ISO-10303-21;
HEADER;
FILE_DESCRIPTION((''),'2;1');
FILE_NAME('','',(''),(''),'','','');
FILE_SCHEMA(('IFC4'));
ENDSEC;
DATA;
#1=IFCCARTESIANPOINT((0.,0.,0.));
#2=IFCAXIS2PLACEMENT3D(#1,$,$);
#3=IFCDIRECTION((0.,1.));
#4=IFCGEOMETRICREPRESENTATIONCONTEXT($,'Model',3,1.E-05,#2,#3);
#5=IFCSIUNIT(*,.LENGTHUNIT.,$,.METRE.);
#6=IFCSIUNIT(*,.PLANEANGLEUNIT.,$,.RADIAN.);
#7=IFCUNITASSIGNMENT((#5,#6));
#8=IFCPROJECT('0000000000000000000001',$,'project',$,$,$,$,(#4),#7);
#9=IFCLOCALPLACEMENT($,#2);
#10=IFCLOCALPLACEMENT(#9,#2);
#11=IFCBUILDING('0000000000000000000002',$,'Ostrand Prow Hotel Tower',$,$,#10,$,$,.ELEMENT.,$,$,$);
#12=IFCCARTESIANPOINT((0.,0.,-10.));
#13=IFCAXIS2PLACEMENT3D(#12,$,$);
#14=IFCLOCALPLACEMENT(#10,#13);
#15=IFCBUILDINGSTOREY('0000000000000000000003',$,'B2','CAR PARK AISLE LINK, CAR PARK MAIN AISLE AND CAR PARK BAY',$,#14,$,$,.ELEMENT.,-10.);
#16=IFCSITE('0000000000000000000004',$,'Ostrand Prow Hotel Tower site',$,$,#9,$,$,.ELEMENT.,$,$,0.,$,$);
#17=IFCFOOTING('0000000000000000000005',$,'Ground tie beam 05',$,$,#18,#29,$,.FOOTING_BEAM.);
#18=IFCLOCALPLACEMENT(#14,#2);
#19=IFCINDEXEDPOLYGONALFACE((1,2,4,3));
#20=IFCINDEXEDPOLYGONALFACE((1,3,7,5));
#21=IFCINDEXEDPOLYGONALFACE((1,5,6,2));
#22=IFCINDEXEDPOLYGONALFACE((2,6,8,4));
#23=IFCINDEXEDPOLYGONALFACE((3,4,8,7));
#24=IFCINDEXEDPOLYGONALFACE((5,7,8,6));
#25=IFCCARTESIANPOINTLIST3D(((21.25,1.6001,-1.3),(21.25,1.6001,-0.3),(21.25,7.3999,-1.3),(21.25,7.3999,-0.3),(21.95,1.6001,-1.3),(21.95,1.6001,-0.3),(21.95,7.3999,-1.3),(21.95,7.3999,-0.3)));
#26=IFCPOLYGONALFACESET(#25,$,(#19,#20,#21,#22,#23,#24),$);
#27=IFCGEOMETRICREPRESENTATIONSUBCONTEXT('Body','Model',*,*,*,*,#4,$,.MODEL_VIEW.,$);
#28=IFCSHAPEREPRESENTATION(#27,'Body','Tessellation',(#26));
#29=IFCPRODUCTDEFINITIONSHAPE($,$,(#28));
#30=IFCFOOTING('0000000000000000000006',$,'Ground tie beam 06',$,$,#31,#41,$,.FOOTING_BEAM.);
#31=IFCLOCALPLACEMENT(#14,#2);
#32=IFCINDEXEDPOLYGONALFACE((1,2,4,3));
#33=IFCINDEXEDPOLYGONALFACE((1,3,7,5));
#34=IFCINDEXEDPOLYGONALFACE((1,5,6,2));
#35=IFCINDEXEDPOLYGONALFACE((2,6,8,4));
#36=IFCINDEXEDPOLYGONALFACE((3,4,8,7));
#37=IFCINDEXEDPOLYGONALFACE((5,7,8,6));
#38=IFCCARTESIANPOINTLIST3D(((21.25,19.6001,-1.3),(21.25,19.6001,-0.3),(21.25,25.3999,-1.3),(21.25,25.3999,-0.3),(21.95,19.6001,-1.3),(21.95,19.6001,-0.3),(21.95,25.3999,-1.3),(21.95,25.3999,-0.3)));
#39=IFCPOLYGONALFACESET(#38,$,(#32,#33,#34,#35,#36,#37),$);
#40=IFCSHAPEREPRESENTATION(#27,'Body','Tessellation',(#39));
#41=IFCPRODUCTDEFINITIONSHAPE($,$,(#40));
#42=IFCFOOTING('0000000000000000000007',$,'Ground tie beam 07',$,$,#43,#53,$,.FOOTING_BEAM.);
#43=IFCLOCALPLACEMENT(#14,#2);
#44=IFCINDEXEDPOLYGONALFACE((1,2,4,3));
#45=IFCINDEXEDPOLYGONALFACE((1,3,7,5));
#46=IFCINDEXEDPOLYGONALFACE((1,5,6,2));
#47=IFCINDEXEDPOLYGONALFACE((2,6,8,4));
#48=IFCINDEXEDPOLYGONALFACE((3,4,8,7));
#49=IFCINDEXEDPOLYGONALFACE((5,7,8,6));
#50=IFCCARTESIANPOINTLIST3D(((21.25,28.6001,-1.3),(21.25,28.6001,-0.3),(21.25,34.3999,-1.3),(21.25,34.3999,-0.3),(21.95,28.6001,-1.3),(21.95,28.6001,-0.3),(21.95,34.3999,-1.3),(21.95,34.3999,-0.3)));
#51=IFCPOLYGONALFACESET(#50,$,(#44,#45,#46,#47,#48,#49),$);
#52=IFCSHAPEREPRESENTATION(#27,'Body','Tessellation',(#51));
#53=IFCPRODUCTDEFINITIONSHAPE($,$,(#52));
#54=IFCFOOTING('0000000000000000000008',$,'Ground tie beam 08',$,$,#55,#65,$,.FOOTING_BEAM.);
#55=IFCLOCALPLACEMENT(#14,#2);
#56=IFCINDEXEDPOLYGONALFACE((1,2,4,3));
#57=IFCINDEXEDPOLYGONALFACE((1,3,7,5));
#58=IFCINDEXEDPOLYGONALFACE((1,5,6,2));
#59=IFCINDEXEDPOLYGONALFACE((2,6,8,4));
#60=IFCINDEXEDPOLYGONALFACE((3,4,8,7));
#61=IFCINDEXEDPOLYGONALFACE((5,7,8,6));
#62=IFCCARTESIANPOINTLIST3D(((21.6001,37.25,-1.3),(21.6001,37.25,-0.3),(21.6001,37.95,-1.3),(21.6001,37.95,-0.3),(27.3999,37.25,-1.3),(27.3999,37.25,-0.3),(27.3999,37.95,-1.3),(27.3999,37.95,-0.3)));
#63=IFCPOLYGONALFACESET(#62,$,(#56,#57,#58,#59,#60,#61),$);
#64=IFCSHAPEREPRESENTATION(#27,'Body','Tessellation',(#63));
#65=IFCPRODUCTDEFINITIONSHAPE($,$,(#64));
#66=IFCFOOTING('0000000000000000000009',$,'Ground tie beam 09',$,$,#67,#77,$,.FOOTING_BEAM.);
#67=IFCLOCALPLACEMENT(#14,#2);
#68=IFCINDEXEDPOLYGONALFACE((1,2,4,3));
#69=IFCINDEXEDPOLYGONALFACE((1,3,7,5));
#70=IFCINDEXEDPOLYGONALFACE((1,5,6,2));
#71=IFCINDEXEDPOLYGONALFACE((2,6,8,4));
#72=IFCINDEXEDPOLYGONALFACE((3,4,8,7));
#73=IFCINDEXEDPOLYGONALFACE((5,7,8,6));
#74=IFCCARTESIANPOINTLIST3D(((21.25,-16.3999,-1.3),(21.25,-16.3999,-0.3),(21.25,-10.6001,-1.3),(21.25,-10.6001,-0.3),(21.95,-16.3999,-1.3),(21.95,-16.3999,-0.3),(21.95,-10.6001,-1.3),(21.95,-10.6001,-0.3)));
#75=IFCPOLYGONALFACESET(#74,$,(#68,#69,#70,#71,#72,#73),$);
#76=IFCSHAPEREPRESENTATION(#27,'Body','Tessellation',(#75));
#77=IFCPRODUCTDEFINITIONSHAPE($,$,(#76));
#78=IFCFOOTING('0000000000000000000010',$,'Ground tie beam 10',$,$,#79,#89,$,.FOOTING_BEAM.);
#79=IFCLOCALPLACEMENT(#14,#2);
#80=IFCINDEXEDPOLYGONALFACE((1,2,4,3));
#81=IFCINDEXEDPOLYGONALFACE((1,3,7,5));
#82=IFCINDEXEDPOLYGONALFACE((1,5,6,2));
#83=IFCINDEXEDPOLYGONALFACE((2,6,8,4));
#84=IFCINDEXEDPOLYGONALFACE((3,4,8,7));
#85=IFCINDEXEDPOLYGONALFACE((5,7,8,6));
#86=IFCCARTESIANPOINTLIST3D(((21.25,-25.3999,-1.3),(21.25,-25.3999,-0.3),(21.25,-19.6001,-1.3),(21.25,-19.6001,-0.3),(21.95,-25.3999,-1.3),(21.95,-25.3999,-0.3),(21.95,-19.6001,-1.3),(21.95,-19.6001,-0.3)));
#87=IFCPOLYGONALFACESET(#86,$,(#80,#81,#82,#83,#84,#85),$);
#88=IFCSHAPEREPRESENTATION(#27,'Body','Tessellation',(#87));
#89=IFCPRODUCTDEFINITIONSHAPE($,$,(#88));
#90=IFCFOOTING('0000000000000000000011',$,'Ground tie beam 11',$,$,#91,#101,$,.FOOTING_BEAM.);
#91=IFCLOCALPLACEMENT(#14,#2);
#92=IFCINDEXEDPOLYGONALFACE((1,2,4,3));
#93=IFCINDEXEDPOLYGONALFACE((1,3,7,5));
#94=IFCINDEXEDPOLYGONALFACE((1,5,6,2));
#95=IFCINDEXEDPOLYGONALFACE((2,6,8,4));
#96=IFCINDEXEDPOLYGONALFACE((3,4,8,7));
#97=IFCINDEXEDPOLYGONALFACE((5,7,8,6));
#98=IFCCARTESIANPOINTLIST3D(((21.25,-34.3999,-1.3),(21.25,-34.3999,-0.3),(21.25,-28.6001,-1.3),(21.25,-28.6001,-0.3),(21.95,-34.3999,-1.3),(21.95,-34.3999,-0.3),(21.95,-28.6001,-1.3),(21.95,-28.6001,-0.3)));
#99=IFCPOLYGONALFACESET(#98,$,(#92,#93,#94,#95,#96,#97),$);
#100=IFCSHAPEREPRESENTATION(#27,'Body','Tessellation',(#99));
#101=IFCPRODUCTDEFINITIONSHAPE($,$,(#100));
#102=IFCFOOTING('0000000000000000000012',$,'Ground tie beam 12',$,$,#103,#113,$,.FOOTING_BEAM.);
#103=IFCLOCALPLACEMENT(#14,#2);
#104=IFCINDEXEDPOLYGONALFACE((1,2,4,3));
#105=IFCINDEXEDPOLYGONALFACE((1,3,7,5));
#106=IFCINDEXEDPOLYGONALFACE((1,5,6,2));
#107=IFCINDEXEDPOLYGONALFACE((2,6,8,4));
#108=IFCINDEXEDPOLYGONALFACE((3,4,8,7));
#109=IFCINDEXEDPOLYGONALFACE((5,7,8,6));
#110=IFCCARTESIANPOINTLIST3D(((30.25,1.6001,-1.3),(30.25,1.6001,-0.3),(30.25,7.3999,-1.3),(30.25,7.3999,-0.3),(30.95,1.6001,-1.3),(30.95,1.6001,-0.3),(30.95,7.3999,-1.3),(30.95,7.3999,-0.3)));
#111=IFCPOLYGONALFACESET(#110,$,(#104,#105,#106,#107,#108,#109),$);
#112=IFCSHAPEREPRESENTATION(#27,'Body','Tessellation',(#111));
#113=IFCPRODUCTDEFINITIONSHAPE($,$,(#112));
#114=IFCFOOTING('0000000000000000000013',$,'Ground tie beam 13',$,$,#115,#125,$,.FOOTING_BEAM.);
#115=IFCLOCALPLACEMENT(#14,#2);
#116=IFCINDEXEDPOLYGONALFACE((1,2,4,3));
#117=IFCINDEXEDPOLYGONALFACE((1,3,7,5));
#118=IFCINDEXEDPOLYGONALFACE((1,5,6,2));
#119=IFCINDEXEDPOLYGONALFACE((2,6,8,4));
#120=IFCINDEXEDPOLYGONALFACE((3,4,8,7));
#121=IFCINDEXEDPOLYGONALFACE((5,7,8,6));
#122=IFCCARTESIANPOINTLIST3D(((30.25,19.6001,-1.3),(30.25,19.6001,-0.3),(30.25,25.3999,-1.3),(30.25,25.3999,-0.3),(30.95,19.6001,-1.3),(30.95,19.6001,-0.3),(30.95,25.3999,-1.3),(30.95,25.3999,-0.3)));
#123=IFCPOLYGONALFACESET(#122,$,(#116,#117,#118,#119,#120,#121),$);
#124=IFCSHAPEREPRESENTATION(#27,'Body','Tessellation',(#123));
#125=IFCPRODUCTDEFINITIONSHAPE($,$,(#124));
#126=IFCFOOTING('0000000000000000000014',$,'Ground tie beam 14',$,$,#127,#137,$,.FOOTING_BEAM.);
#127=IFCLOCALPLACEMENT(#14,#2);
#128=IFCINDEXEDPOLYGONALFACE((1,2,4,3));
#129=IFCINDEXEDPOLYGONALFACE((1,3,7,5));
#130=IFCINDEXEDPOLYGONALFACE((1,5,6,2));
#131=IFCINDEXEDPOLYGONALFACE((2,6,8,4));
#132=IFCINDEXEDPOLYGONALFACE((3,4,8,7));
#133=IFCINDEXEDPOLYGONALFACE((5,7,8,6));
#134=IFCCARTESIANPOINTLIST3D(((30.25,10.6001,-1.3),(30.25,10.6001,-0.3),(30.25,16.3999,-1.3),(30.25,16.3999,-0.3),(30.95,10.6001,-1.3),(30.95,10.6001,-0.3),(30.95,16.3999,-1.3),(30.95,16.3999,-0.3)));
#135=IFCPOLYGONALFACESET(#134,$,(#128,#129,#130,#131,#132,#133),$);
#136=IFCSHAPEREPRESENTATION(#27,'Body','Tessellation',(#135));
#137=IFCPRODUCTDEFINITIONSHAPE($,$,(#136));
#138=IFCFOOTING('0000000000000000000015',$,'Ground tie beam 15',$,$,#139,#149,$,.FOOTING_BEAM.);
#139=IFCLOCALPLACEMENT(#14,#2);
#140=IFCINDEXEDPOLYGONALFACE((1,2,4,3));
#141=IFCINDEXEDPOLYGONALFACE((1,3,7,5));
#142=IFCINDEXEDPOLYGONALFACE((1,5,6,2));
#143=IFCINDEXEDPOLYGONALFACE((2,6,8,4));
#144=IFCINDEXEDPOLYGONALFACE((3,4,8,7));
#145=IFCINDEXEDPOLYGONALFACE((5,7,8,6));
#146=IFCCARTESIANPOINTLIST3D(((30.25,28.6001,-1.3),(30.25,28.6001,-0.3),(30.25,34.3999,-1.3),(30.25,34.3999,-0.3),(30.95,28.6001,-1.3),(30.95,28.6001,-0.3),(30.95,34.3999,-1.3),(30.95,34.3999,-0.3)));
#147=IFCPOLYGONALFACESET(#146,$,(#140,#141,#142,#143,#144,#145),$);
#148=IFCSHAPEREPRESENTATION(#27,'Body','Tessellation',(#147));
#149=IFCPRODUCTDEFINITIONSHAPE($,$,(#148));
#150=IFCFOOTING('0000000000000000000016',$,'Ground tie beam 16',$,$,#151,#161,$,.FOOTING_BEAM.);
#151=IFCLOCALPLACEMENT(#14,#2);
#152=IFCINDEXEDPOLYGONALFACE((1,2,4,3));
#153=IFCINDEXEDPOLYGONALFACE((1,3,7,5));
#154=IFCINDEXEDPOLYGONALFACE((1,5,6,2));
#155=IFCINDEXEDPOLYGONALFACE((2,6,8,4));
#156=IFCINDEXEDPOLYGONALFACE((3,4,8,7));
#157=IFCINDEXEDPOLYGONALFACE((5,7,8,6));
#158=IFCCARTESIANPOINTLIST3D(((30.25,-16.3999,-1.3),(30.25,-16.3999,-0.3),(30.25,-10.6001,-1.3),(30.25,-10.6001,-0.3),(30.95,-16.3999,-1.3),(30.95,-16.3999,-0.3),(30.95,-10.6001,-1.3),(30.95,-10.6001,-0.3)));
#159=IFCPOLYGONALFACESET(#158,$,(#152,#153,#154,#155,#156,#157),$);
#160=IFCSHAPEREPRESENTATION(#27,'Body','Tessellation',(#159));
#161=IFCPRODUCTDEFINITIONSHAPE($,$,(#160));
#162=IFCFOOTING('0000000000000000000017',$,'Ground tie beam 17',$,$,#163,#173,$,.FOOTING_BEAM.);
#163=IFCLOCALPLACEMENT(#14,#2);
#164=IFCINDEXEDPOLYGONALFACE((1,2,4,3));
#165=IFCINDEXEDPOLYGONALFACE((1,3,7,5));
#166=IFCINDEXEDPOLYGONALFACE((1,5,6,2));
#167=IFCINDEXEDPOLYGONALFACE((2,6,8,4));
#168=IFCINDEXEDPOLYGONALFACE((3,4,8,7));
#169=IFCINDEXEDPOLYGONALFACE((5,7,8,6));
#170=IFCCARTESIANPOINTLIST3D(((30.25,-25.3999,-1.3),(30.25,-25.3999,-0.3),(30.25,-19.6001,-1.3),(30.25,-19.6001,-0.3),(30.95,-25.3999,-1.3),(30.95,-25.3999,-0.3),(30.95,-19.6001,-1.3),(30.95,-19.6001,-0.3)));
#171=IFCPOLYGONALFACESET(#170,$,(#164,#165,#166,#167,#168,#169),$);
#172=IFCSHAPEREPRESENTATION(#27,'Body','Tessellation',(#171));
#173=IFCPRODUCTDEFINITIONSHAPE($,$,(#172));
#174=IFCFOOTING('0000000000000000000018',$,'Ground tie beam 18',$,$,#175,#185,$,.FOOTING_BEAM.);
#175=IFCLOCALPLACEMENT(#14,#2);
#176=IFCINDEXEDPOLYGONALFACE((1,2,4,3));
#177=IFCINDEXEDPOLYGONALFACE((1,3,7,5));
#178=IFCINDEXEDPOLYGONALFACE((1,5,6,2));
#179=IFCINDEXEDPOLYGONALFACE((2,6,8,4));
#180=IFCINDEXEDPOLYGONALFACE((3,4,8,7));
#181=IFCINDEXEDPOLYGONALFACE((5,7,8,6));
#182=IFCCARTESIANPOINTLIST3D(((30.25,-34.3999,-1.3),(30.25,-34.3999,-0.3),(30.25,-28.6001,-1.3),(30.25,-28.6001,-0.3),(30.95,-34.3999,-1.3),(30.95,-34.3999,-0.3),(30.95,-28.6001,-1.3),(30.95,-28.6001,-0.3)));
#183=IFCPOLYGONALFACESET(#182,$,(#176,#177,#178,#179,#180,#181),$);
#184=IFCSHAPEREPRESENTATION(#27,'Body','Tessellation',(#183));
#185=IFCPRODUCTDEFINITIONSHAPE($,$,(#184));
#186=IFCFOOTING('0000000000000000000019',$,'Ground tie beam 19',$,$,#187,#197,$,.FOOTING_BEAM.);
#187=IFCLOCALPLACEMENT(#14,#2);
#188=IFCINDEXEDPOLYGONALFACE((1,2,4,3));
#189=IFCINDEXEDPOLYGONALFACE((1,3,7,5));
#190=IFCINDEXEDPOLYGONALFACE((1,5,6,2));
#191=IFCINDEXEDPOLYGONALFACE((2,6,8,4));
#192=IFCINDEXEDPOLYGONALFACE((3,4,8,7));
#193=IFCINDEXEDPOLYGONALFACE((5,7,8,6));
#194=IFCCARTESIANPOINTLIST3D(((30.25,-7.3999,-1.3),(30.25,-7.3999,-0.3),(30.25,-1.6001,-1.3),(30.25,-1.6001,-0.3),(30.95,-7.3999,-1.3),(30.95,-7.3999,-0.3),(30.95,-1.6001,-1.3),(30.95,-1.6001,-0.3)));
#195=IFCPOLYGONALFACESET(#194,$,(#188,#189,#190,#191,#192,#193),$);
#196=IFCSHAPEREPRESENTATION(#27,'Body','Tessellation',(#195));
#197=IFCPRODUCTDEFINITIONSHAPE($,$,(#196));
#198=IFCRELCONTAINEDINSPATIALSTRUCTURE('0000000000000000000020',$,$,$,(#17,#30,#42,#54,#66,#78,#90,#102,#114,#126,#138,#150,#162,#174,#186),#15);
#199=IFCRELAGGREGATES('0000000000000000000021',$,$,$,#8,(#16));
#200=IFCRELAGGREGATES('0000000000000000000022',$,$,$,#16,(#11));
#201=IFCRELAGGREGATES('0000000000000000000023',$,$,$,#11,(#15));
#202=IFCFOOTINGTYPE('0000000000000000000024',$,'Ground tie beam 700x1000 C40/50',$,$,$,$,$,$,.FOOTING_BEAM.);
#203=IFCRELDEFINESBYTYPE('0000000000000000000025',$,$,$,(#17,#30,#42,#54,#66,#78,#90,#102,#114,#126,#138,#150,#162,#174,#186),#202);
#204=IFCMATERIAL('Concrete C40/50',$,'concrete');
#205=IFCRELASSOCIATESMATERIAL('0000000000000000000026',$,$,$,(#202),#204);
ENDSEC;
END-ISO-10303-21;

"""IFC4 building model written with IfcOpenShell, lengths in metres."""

from ifc_helpers import new_model, si_unit, direction, frame, origin, place, context, subcontext, project, spatial, polyline, outline, extrude, material, type_object, element, save


model = new_model("IFC4")

# Units and contexts
model_context = context("Model", 3, precision=1e-05, world=origin(), true_north=direction((0.0, 1.0)))
body_context = subcontext(model_context, "Body", "Model", "MODEL_VIEW")
ifc_project = project(units=[si_unit("LENGTHUNIT", "METRE"), si_unit("PLANEANGLEUNIT", "RADIAN")], contexts=[model_context])

# Site, building, storey
site_placement = place(None, origin())
site = spatial("IfcSite", under=ifc_project, at=site_placement, Name="Ostrand Prow Hotel Tower site", CompositionType="ELEMENT", RefElevation=0.0)
building_placement = place(site_placement, origin())
building = spatial("IfcBuilding", under=site, at=building_placement, Name="Ostrand Prow Hotel Tower", CompositionType="ELEMENT")
storey_placement = place(building_placement, frame((0.0, 0.0, -10.0)))
storey = spatial("IfcBuildingStorey", under=building, at=storey_placement, Name="B2", Description="CAR PARK AISLE LINK, CAR PARK MAIN AISLE AND CAR PARK BAY", CompositionType="ELEMENT", Elevation=-10.0)

# Footings
ifc_material_1 = material(Name="Concrete C40/50", Category="concrete")
footing_type_1 = type_object("IfcFootingType", Name="Ground tie beam 700x1000 C40/50", PredefinedType="FOOTING_BEAM", material=ifc_material_1)
footing_1_placement = place(storey_placement, frame((0.0, 0.0, -1.3)))
element("IfcFooting", 1, at=footing_1_placement, inside=storey, type_object=footing_type_1, Name="Ground tie beam 05", PredefinedType="FOOTING_BEAM", context=body_context, shape_type="SweptSolid", body=[
    extrude(outline(polyline([(21.25, 7.3999), (21.95, 7.3999), (21.95, 1.6001), (21.25, 1.6001), (21.25, 7.3999)])), origin(), (0.0, 0.0, 1.0), 1.0),
])
footing_2_placement = place(storey_placement, frame((0.0, 0.0, -1.3)))
element("IfcFooting", 2, at=footing_2_placement, inside=storey, type_object=footing_type_1, Name="Ground tie beam 06", PredefinedType="FOOTING_BEAM", context=body_context, shape_type="SweptSolid", body=[
    extrude(outline(polyline([(21.25, 25.3999), (21.95, 25.3999), (21.95, 19.6001), (21.25, 19.6001), (21.25, 25.3999)])), origin(), (0.0, 0.0, 1.0), 1.0),
])
footing_3_placement = place(storey_placement, frame((0.0, 0.0, -1.3)))
element("IfcFooting", 3, at=footing_3_placement, inside=storey, type_object=footing_type_1, Name="Ground tie beam 07", PredefinedType="FOOTING_BEAM", context=body_context, shape_type="SweptSolid", body=[
    extrude(outline(polyline([(21.25, 34.3999), (21.95, 34.3999), (21.95, 28.6001), (21.25, 28.6001), (21.25, 34.3999)])), origin(), (0.0, 0.0, 1.0), 1.0),
])
footing_4_placement = place(storey_placement, frame((0.0, 0.0, -1.3)))
element("IfcFooting", 4, at=footing_4_placement, inside=storey, type_object=footing_type_1, Name="Ground tie beam 08", PredefinedType="FOOTING_BEAM", context=body_context, shape_type="SweptSolid", body=[
    extrude(outline(polyline([(27.3999, 37.95), (27.3999, 37.25), (21.6001, 37.25), (21.6001, 37.95), (27.3999, 37.95)])), origin(), (0.0, 0.0, 1.0), 1.0),
])
footing_5_placement = place(storey_placement, frame((0.0, 0.0, -1.3)))
element("IfcFooting", 5, at=footing_5_placement, inside=storey, type_object=footing_type_1, Name="Ground tie beam 09", PredefinedType="FOOTING_BEAM", context=body_context, shape_type="SweptSolid", body=[
    extrude(outline(polyline([(21.25, -10.6001), (21.95, -10.6001), (21.95, -16.3999), (21.25, -16.3999), (21.25, -10.6001)])), origin(), (0.0, 0.0, 1.0), 1.0),
])
footing_6_placement = place(storey_placement, frame((0.0, 0.0, -1.3)))
element("IfcFooting", 6, at=footing_6_placement, inside=storey, type_object=footing_type_1, Name="Ground tie beam 10", PredefinedType="FOOTING_BEAM", context=body_context, shape_type="SweptSolid", body=[
    extrude(outline(polyline([(21.25, -19.6001), (21.95, -19.6001), (21.95, -25.3999), (21.25, -25.3999), (21.25, -19.6001)])), origin(), (0.0, 0.0, 1.0), 1.0),
])
footing_7_placement = place(storey_placement, frame((0.0, 0.0, -1.3)))
element("IfcFooting", 7, at=footing_7_placement, inside=storey, type_object=footing_type_1, Name="Ground tie beam 11", PredefinedType="FOOTING_BEAM", context=body_context, shape_type="SweptSolid", body=[
    extrude(outline(polyline([(21.25, -28.6001), (21.95, -28.6001), (21.95, -34.3999), (21.25, -34.3999), (21.25, -28.6001)])), origin(), (0.0, 0.0, 1.0), 1.0),
])
footing_8_placement = place(storey_placement, frame((0.0, 0.0, -1.3)))
element("IfcFooting", 8, at=footing_8_placement, inside=storey, type_object=footing_type_1, Name="Ground tie beam 12", PredefinedType="FOOTING_BEAM", context=body_context, shape_type="SweptSolid", body=[
    extrude(outline(polyline([(30.25, 7.3999), (30.95, 7.3999), (30.95, 1.6001), (30.25, 1.6001), (30.25, 7.3999)])), origin(), (0.0, 0.0, 1.0), 1.0),
])
footing_9_placement = place(storey_placement, frame((0.0, 0.0, -1.3)))
element("IfcFooting", 9, at=footing_9_placement, inside=storey, type_object=footing_type_1, Name="Ground tie beam 13", PredefinedType="FOOTING_BEAM", context=body_context, shape_type="SweptSolid", body=[
    extrude(outline(polyline([(30.25, 25.3999), (30.95, 25.3999), (30.95, 19.6001), (30.25, 19.6001), (30.25, 25.3999)])), origin(), (0.0, 0.0, 1.0), 1.0),
])
footing_10_placement = place(storey_placement, frame((0.0, 0.0, -1.3)))
element("IfcFooting", 10, at=footing_10_placement, inside=storey, type_object=footing_type_1, Name="Ground tie beam 14", PredefinedType="FOOTING_BEAM", context=body_context, shape_type="SweptSolid", body=[
    extrude(outline(polyline([(30.95, 10.6001), (30.25, 10.6001), (30.25, 16.3999), (30.95, 16.3999), (30.95, 10.6001)])), origin(), (0.0, 0.0, 1.0), 1.0),
])
footing_11_placement = place(storey_placement, frame((0.0, 0.0, -1.3)))
element("IfcFooting", 11, at=footing_11_placement, inside=storey, type_object=footing_type_1, Name="Ground tie beam 15", PredefinedType="FOOTING_BEAM", context=body_context, shape_type="SweptSolid", body=[
    extrude(outline(polyline([(30.25, 34.3999), (30.95, 34.3999), (30.95, 28.6001), (30.25, 28.6001), (30.25, 34.3999)])), origin(), (0.0, 0.0, 1.0), 1.0),
])
footing_12_placement = place(storey_placement, frame((0.0, 0.0, -1.3)))
element("IfcFooting", 12, at=footing_12_placement, inside=storey, type_object=footing_type_1, Name="Ground tie beam 16", PredefinedType="FOOTING_BEAM", context=body_context, shape_type="SweptSolid", body=[
    extrude(outline(polyline([(30.25, -10.6001), (30.95, -10.6001), (30.95, -16.3999), (30.25, -16.3999), (30.25, -10.6001)])), origin(), (0.0, 0.0, 1.0), 1.0),
])
footing_13_placement = place(storey_placement, frame((0.0, 0.0, -1.3)))
element("IfcFooting", 13, at=footing_13_placement, inside=storey, type_object=footing_type_1, Name="Ground tie beam 17", PredefinedType="FOOTING_BEAM", context=body_context, shape_type="SweptSolid", body=[
    extrude(outline(polyline([(30.25, -19.6001), (30.95, -19.6001), (30.95, -25.3999), (30.25, -25.3999), (30.25, -19.6001)])), origin(), (0.0, 0.0, 1.0), 1.0),
])
footing_14_placement = place(storey_placement, frame((0.0, 0.0, -1.3)))
element("IfcFooting", 14, at=footing_14_placement, inside=storey, type_object=footing_type_1, Name="Ground tie beam 18", PredefinedType="FOOTING_BEAM", context=body_context, shape_type="SweptSolid", body=[
    extrude(outline(polyline([(30.25, -28.6001), (30.95, -28.6001), (30.95, -34.3999), (30.25, -34.3999), (30.25, -28.6001)])), origin(), (0.0, 0.0, 1.0), 1.0),
])
footing_15_placement = place(storey_placement, frame((0.0, 0.0, -1.3)))
element("IfcFooting", 15, at=footing_15_placement, inside=storey, type_object=footing_type_1, Name="Ground tie beam 19", PredefinedType="FOOTING_BEAM", context=body_context, shape_type="SweptSolid", body=[
    extrude(outline(polyline([(30.25, -1.6001), (30.95, -1.6001), (30.95, -7.3999), (30.25, -7.3999), (30.25, -1.6001)])), origin(), (0.0, 0.0, 1.0), 1.0),
])

save(model, "model.ifc")
